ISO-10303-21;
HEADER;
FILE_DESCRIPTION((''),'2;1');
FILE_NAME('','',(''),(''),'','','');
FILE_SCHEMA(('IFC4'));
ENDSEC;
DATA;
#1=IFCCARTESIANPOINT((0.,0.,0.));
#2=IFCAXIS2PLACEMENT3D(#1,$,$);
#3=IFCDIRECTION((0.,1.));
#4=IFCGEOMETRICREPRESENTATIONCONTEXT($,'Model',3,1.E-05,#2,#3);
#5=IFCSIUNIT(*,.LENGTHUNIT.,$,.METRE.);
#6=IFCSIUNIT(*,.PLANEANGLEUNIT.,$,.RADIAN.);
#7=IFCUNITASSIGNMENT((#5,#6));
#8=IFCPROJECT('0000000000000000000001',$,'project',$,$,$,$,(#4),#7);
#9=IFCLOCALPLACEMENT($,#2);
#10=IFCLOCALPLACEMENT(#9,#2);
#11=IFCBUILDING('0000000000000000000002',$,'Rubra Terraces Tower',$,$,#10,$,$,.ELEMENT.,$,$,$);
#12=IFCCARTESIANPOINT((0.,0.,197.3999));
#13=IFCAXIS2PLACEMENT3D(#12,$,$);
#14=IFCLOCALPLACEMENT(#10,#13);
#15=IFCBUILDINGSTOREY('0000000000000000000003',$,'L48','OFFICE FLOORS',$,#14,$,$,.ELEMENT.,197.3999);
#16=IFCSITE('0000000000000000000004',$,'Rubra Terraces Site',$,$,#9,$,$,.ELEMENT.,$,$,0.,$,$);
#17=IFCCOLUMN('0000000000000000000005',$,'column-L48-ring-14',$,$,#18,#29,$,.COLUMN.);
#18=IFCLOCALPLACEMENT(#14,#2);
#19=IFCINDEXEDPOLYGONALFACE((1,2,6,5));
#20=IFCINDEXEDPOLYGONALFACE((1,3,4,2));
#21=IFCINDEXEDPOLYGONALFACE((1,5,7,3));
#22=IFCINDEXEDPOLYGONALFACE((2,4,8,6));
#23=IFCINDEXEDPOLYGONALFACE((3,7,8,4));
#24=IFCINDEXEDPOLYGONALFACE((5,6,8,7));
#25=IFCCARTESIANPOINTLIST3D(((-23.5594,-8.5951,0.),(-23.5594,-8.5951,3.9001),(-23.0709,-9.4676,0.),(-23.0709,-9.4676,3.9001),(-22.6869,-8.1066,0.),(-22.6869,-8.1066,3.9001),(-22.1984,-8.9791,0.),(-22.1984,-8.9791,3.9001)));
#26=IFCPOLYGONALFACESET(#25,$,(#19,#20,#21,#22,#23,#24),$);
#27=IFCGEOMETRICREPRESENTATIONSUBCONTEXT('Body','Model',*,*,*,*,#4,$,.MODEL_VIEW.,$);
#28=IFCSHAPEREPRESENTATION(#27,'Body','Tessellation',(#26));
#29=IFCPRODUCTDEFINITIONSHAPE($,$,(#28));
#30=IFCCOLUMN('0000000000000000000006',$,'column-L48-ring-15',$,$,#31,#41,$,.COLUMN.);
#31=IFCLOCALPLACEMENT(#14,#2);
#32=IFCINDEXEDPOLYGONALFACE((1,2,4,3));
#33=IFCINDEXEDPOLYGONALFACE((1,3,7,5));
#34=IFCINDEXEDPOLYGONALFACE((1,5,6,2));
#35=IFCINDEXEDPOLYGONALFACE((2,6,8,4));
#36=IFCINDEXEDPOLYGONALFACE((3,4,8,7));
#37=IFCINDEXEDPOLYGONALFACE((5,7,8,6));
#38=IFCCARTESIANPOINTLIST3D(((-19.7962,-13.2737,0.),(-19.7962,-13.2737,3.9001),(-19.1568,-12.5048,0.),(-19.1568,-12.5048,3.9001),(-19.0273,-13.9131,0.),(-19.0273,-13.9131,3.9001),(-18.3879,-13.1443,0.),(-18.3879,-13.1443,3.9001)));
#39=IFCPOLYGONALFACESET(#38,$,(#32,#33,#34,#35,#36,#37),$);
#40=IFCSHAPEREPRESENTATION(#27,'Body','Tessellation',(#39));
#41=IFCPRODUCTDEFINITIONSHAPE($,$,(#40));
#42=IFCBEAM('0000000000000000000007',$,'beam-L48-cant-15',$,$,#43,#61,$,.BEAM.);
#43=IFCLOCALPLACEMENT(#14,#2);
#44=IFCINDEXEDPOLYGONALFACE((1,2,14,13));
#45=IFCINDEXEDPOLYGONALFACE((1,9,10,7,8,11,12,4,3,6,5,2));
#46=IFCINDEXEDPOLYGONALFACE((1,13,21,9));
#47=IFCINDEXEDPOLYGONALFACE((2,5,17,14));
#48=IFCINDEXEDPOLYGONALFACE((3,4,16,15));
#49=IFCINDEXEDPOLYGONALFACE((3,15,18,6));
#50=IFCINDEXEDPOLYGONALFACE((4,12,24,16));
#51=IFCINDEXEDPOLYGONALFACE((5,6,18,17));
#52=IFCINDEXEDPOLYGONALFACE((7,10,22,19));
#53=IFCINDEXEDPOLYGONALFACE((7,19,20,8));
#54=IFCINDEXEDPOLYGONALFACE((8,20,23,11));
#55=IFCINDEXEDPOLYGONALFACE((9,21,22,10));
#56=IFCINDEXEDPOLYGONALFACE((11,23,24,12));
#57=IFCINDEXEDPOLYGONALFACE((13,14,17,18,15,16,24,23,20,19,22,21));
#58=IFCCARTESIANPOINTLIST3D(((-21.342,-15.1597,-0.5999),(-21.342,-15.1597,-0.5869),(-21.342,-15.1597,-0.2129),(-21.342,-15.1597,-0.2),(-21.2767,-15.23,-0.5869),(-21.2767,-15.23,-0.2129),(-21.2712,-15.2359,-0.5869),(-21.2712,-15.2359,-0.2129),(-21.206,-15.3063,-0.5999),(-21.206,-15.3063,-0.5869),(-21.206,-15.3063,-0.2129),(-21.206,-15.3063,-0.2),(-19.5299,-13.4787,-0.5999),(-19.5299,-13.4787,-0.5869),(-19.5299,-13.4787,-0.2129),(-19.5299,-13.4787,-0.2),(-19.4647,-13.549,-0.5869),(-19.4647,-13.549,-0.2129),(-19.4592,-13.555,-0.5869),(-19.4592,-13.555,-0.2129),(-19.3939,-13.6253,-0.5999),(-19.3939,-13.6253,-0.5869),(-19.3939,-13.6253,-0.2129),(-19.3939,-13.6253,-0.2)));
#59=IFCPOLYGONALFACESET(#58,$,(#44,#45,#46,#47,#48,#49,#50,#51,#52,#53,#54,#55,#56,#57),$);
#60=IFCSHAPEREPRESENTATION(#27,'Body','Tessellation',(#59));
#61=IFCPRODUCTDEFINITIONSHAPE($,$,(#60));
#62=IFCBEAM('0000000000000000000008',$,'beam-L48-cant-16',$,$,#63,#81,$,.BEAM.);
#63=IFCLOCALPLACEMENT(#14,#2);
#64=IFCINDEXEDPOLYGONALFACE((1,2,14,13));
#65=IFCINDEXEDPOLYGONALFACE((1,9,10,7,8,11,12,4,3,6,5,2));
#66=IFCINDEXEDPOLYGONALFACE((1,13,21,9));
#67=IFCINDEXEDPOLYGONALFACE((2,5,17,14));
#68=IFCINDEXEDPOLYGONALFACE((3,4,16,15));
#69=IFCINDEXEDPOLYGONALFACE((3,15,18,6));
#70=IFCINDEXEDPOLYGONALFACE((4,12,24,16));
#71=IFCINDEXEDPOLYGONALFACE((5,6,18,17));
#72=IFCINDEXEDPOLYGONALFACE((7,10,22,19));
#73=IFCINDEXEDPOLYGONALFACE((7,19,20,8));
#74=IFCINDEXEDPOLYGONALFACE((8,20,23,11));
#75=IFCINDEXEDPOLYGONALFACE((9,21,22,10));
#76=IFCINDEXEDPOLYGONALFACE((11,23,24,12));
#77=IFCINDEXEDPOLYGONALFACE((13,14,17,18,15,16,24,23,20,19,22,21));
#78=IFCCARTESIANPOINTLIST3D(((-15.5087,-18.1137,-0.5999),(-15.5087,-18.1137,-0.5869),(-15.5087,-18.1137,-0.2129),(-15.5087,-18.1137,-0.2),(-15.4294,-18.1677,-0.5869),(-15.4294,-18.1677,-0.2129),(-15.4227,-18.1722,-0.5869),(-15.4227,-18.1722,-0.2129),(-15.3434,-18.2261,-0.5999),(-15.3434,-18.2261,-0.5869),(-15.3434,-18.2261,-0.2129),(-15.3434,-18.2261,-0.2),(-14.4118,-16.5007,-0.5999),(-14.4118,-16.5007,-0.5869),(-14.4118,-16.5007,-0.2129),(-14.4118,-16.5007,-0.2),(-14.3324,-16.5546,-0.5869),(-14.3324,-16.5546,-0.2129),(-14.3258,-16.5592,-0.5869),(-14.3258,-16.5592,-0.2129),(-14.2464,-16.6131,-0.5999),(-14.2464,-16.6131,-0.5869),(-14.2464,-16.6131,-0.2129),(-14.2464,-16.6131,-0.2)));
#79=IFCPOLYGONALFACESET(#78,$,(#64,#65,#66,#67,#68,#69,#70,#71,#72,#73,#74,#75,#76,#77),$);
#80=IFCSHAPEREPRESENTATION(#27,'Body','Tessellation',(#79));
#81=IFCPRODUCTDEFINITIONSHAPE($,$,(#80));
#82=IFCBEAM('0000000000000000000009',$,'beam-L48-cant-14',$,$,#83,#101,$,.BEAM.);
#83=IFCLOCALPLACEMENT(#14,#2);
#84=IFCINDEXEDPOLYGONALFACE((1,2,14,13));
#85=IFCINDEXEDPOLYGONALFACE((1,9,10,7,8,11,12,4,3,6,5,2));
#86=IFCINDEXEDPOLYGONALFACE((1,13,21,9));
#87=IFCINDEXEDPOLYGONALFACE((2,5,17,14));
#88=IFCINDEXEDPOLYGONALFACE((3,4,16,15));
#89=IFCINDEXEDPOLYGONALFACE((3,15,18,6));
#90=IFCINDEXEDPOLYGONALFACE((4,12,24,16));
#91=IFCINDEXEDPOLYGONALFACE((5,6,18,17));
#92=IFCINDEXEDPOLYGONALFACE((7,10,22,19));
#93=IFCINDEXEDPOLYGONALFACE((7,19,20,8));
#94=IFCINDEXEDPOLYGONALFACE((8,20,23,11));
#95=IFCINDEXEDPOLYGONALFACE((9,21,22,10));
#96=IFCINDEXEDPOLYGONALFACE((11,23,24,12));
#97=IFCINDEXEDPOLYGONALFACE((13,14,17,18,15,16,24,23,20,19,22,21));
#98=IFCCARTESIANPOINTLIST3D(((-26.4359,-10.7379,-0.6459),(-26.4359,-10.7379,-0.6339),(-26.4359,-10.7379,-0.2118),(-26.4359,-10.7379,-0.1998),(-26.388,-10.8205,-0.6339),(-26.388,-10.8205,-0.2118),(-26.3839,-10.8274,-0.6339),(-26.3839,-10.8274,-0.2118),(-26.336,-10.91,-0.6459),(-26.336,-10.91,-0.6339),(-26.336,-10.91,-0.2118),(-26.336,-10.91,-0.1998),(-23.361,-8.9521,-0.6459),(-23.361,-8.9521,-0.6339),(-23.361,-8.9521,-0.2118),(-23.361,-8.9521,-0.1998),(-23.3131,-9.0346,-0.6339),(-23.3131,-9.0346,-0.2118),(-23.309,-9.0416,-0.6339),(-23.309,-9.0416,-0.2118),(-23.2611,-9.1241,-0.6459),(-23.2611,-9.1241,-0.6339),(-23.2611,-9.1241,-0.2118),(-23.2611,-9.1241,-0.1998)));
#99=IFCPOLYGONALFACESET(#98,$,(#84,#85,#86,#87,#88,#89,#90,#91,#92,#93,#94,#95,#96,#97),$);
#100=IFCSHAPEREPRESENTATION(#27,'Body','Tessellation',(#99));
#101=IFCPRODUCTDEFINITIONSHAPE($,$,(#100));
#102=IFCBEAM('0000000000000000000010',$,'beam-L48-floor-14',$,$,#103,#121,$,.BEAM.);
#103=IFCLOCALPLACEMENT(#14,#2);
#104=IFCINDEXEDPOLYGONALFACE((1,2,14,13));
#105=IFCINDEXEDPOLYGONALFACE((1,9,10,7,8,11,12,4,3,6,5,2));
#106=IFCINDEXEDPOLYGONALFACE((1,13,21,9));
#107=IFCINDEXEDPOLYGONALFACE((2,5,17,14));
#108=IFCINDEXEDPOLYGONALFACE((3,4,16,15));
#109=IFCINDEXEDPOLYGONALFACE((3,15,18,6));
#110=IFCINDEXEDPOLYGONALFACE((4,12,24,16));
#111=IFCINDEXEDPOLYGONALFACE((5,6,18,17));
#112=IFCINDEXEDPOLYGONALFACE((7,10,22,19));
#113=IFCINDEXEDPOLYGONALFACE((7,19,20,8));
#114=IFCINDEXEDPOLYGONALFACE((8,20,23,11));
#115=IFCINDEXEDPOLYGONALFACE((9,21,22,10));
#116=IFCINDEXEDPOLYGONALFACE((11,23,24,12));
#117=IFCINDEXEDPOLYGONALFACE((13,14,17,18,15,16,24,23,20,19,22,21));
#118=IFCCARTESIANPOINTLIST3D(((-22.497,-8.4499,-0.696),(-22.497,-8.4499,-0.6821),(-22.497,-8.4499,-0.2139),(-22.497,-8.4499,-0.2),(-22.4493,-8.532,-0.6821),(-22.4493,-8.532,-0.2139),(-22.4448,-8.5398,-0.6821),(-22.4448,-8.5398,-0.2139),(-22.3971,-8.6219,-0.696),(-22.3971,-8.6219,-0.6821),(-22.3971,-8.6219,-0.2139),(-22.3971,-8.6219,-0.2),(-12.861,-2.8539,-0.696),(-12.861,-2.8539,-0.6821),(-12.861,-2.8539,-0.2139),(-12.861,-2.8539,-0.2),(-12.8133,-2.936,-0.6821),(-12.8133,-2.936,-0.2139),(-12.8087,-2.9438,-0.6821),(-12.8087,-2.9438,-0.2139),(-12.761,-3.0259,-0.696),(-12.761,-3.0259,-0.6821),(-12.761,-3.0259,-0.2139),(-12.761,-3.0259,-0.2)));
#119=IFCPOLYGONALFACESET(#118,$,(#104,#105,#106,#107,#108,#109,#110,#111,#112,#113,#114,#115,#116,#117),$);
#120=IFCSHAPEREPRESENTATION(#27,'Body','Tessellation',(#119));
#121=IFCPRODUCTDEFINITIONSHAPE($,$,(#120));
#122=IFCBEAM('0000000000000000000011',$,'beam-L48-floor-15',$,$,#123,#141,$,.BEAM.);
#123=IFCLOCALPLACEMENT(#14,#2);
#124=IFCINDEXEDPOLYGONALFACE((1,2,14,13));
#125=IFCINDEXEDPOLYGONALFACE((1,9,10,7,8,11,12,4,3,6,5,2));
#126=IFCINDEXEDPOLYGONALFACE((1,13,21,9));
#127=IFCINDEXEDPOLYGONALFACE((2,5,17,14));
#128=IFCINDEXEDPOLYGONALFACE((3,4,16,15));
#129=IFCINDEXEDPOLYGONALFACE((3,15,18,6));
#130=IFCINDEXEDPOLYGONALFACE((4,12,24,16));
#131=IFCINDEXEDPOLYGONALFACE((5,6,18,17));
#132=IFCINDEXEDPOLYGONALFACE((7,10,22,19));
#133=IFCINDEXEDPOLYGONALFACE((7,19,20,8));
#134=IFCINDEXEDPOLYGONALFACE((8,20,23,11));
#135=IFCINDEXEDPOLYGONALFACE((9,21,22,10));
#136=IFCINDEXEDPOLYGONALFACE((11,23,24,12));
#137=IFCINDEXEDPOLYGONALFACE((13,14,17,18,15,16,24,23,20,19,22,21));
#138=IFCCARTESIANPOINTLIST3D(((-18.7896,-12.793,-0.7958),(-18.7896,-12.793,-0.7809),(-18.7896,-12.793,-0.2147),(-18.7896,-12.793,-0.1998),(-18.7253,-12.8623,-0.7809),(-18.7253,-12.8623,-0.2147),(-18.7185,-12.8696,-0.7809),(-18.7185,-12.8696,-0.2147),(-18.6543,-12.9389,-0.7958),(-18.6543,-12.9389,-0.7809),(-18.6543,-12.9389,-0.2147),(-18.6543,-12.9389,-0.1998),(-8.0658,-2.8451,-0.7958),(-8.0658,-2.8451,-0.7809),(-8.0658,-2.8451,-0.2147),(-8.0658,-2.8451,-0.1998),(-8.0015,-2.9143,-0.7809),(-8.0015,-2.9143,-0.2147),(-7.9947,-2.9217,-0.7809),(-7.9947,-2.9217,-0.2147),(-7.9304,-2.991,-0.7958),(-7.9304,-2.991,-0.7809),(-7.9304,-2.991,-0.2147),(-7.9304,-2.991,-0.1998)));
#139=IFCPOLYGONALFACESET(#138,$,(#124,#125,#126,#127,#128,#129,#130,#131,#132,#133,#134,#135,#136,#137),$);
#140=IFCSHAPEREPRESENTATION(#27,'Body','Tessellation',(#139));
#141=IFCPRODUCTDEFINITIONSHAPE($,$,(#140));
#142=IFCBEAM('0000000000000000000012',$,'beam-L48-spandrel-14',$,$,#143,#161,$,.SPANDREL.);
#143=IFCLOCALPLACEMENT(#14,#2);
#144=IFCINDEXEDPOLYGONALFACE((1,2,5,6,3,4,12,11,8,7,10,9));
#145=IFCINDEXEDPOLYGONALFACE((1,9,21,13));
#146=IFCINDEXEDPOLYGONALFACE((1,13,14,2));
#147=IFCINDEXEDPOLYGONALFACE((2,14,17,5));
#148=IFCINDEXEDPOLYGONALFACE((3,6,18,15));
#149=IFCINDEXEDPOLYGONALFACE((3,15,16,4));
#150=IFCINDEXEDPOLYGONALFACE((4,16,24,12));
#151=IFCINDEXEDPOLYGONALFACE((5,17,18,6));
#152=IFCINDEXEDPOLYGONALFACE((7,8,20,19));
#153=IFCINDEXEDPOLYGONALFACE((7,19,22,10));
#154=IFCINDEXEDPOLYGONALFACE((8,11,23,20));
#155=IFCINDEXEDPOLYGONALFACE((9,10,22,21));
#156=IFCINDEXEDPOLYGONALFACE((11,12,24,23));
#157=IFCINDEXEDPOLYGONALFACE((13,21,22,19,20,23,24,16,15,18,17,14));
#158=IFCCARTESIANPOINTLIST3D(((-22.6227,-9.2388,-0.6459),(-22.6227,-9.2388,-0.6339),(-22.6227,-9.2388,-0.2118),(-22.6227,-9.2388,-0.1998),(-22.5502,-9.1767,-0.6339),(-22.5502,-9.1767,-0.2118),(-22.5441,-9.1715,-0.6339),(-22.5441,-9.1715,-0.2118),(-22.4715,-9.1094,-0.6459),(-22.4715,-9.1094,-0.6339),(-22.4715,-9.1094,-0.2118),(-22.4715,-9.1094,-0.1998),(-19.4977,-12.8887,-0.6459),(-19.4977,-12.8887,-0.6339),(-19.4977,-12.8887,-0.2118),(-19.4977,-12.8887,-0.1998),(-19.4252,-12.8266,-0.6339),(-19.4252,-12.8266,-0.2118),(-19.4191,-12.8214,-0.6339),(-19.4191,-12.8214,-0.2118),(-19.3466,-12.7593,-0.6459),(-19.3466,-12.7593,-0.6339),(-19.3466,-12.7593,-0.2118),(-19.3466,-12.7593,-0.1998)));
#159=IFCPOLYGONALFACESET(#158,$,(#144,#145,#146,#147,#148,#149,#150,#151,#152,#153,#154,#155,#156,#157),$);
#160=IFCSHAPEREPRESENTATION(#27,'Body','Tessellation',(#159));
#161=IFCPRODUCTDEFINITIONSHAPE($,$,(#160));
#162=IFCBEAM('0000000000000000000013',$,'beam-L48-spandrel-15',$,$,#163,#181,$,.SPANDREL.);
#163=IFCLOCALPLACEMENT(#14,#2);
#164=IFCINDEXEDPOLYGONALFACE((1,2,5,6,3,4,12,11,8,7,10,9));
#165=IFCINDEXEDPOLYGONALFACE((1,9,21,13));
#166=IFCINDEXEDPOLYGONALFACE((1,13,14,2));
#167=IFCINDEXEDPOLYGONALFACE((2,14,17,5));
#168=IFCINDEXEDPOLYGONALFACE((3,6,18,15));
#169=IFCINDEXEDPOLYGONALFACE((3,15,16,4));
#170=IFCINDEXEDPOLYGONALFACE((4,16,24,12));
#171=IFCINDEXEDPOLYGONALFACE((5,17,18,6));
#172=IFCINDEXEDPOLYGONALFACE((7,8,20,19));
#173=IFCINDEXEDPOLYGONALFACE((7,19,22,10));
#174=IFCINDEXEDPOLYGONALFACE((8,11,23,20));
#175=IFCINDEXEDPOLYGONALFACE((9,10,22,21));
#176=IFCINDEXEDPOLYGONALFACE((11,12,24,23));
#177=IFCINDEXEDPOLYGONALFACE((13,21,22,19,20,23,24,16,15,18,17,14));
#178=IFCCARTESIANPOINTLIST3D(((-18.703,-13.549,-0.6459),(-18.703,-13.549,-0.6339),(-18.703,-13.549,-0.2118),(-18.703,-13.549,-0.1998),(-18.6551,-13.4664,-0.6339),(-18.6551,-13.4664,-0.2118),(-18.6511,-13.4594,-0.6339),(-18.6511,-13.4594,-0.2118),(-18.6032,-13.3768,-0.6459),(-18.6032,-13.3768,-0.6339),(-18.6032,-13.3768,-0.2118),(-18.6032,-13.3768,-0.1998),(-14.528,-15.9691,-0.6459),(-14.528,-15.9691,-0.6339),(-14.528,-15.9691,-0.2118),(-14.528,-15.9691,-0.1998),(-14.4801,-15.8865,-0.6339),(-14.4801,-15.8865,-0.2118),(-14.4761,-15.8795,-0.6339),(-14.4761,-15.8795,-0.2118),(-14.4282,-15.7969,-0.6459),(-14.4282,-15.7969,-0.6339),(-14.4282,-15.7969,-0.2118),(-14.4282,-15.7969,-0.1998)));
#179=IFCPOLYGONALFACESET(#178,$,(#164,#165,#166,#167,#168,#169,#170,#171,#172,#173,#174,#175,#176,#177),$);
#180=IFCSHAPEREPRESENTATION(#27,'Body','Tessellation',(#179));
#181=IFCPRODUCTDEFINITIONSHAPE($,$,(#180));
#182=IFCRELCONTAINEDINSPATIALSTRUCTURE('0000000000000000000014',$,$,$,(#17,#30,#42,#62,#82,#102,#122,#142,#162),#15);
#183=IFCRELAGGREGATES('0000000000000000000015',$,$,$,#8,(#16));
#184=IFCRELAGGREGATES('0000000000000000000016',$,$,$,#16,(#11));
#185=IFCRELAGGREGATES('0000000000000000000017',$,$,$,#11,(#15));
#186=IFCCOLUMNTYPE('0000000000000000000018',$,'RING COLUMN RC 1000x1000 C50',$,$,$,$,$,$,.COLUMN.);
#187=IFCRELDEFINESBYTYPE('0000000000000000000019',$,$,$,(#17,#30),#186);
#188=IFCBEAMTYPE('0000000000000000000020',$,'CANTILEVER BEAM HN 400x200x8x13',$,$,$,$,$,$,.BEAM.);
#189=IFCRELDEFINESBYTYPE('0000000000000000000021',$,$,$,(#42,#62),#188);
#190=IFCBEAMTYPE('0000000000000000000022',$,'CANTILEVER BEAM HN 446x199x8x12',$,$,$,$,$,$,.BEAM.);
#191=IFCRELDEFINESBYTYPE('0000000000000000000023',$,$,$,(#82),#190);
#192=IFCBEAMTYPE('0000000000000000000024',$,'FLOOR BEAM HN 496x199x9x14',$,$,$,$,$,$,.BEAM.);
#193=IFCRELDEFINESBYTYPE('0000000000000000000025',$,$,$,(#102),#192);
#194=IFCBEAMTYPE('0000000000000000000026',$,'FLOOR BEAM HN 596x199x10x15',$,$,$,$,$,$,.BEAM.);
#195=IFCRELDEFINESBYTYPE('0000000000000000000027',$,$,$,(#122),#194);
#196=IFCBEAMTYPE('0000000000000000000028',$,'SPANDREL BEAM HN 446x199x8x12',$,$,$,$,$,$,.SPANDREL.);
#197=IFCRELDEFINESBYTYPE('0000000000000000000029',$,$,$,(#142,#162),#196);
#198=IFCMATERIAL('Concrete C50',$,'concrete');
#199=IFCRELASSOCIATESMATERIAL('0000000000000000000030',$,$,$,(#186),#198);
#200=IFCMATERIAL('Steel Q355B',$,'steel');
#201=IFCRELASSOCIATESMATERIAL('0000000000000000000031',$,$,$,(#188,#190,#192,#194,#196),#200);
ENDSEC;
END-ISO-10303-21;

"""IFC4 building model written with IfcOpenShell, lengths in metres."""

from ifc_helpers import new_model, si_unit, direction, frame, origin, origin_2d, place, context, subcontext, project, spatial, rectangle, i_section, extrude, material, material_profile, profile_set, type_object, element, save


model = new_model("IFC4")

# Units and contexts
model_context = context("Model", 3, precision=1e-05, world=origin(), true_north=direction((0.0, 1.0)))
body_context = subcontext(model_context, "Body", "Model", "MODEL_VIEW")
ifc_project = project(units=[si_unit("LENGTHUNIT", "METRE"), si_unit("PLANEANGLEUNIT", "RADIAN")], contexts=[model_context])

# Site, building, storey
site_placement = place(None, origin())
site = spatial("IfcSite", under=ifc_project, at=site_placement, Name="Rubra Terraces Site", CompositionType="ELEMENT", RefElevation=0.0)
building_placement = place(site_placement, origin())
building = spatial("IfcBuilding", under=site, at=building_placement, Name="Rubra Terraces Tower", CompositionType="ELEMENT")
storey_placement = place(building_placement, frame((0.0, 0.0, 197.3999)))
storey = spatial("IfcBuildingStorey", under=building, at=storey_placement, Name="L48", Description="OFFICE FLOORS", CompositionType="ELEMENT", Elevation=197.3999)

# Columns
ifc_material_1 = material(Name="Concrete C50", Category="concrete")
ifc_material_profile_1 = material_profile(ifc_material_1, rectangle(XDim=1.0, YDim=1.0, at=origin_2d()), Name="RC 1000x1000")
ifc_profile_set_1 = profile_set([ifc_material_profile_1], Name="Concrete C50")
column_type = type_object("IfcColumnType", Name="RING COLUMN RC 1000x1000 C50", PredefinedType="COLUMN", material=ifc_profile_set_1)
for number, where, z_axis, x_axis, name in (
    (1, (-22.8789, -8.7871, 0.0), (0.0, 0.0, 1.0), (0.488526, -0.872549, 0.0), "column-L48-ring-14"),
    (2, (-19.092, -13.209, 0.0), (0.0, 0.0, 1.0), (0.76887, -0.639405, 0.0), "column-L48-ring-15"),
):
    element("IfcColumn", number, at=place(storey_placement, frame(where, z_axis=z_axis, x_axis=x_axis)), inside=storey, type_object=column_type, Name=name, PredefinedType="COLUMN", context=body_context, shape_type="SweptSolid", body=[
        extrude(rectangle(XDim=1.0, YDim=1.0, at=origin_2d()), origin(), (0.0, 0.0, 1.0), 3.9001),
    ])

# Beams
ifc_material_2 = material(Name="Steel Q355B", Category="steel")
ifc_material_profile_2 = material_profile(ifc_material_2, i_section(OverallWidth=0.2, OverallDepth=0.3999, WebThickness=0.0081, FlangeThickness=0.0129, at=origin_2d()), Name="HN 400x200x8x13")
ifc_profile_set_2 = profile_set([ifc_material_profile_2], Name="Steel Q355B")
beam_type_1 = type_object("IfcBeamType", Name="CANTILEVER BEAM HN 400x200x8x13", PredefinedType="BEAM", material=ifc_profile_set_2)
beam_1_placement = place(storey_placement, frame((-19.4619, -13.552, -0.3999), z_axis=(-0.733131, -0.680087, 0.0), x_axis=(0.680087, -0.733131, 0.0)))
element("IfcBeam", 3, at=beam_1_placement, inside=storey, type_object=beam_type_1, Name="beam-L48-cant-15", PredefinedType="BEAM", context=body_context, shape_type="SweptSolid", body=[
    extrude(i_section(OverallWidth=0.2, OverallDepth=0.3999, WebThickness=0.0081, FlangeThickness=0.0129, at=origin_2d()), origin(), (0.0, 0.0, 1.0), 2.4717),
])
beam_2_placement = place(storey_placement, frame((-14.3291, -16.5569, -0.3999), z_axis=(-0.562331, -0.826913, 0.0), x_axis=(0.826913, -0.562331, 0.0)))
element("IfcBeam", 4, at=beam_2_placement, inside=storey, type_object=beam_type_1, Name="beam-L48-cant-16", PredefinedType="BEAM", context=body_context, shape_type="SweptSolid", body=[
    extrude(i_section(OverallWidth=0.2, OverallDepth=0.3999, WebThickness=0.0081, FlangeThickness=0.0129, at=origin_2d()), origin(), (0.0, 0.0, 1.0), 1.9507),
])
ifc_material_profile_3 = material_profile(ifc_material_2, i_section(OverallWidth=0.199, OverallDepth=0.446, WebThickness=0.0081, FlangeThickness=0.012, at=origin_2d()), Name="HN 446x199x8x12")
ifc_profile_set_3 = profile_set([ifc_material_profile_3], Name="Steel Q355B")
beam_type_2 = type_object("IfcBeamType", Name="CANTILEVER BEAM HN 446x199x8x12", PredefinedType="BEAM", material=ifc_profile_set_3)
beam_3_placement = place(storey_placement, frame((-23.311, -9.0381, -0.4229), z_axis=(-0.864736, -0.502227, 0.0), x_axis=(0.502227, -0.864736, 0.0)))
element("IfcBeam", 5, at=beam_3_placement, inside=storey, type_object=beam_type_2, Name="beam-L48-cant-14", PredefinedType="BEAM", context=body_context, shape_type="SweptSolid", body=[
    extrude(i_section(OverallWidth=0.199, OverallDepth=0.446, WebThickness=0.0081, FlangeThickness=0.012, at=origin_2d()), origin(), (0.0, 0.0, 1.0), 3.5559),
])
ifc_material_profile_4 = material_profile(ifc_material_2, i_section(OverallWidth=0.199, OverallDepth=0.4961, WebThickness=0.009, FlangeThickness=0.0139, at=origin_2d()), Name="HN 496x199x9x14")
ifc_profile_set_4 = profile_set([ifc_material_profile_4], Name="Steel Q355B")
beam_type_3 = type_object("IfcBeamType", Name="FLOOR BEAM HN 496x199x9x14", PredefinedType="BEAM", material=ifc_profile_set_4)
beam_4_placement = place(storey_placement, frame((-22.447, -8.5359, -0.448), z_axis=(0.864755, 0.502193, 0.0), x_axis=(-0.502193, 0.864755, 0.0)))
element("IfcBeam", 6, at=beam_4_placement, inside=storey, type_object=beam_type_3, Name="beam-L48-floor-14", PredefinedType="BEAM", context=body_context, shape_type="SweptSolid", body=[
    extrude(i_section(OverallWidth=0.199, OverallDepth=0.4961, WebThickness=0.009, FlangeThickness=0.0139, at=origin_2d()), origin(), (0.0, 0.0, 1.0), 11.1431),
])
ifc_material_profile_5 = material_profile(ifc_material_2, i_section(OverallWidth=0.199, OverallDepth=0.5959, WebThickness=0.01, FlangeThickness=0.0149, at=origin_2d()), Name="HN 596x199x10x15")
ifc_profile_set_5 = profile_set([ifc_material_profile_5], Name="Steel Q355B")
beam_type_4 = type_object("IfcBeamType", Name="FLOOR BEAM HN 596x199x10x15", PredefinedType="BEAM", material=ifc_profile_set_5)
beam_5_placement = place(storey_placement, frame((-18.7219, -12.866, -0.4978), z_axis=(0.73313, 0.680088, 0.0), x_axis=(-0.680088, 0.73313, 0.0)))
element("IfcBeam", 7, at=beam_5_placement, inside=storey, type_object=beam_type_4, Name="beam-L48-floor-15", PredefinedType="BEAM", context=body_context, shape_type="SweptSolid", body=[
    extrude(i_section(OverallWidth=0.199, OverallDepth=0.5959, WebThickness=0.01, FlangeThickness=0.0149, at=origin_2d()), origin(), (0.0, 0.0, 1.0), 14.6274),
])
ifc_material_profile_6 = material_profile(ifc_material_2, i_section(OverallWidth=0.199, OverallDepth=0.446, WebThickness=0.0081, FlangeThickness=0.012, at=origin_2d()), Name="HN 446x199x8x12")
ifc_profile_set_6 = profile_set([ifc_material_profile_6], Name="Steel Q355B")
beam_type_5 = type_object("IfcBeamType", Name="SPANDREL BEAM HN 446x199x8x12", PredefinedType="SPANDREL", material=ifc_profile_set_6)
beam_6_placement = place(storey_placement, frame((-22.5471, -9.1741, -0.4229), z_axis=(0.650373, -0.759615, 0.0), x_axis=(0.759615, 0.650373, 0.0)))
element("IfcBeam", 8, at=beam_6_placement, inside=storey, type_object=beam_type_5, Name="beam-L48-spandrel-14", PredefinedType="SPANDREL", context=body_context, shape_type="SweptSolid", body=[
    extrude(i_section(OverallWidth=0.199, OverallDepth=0.446, WebThickness=0.0081, FlangeThickness=0.012, at=origin_2d()), origin(), (0.0, 0.0, 1.0), 4.8049),
])
beam_7_placement = place(storey_placement, frame((-18.6531, -13.4629, -0.4229), z_axis=(0.865154, -0.501507, 0.0), x_axis=(0.501507, 0.865154, 0.0)))
element("IfcBeam", 9, at=beam_7_placement, inside=storey, type_object=beam_type_5, Name="beam-L48-spandrel-15", PredefinedType="SPANDREL", context=body_context, shape_type="SweptSolid", body=[
    extrude(i_section(OverallWidth=0.199, OverallDepth=0.446, WebThickness=0.0081, FlangeThickness=0.012, at=origin_2d()), origin(), (0.0, 0.0, 1.0), 4.8257),
])

save(model, "model.ifc")
